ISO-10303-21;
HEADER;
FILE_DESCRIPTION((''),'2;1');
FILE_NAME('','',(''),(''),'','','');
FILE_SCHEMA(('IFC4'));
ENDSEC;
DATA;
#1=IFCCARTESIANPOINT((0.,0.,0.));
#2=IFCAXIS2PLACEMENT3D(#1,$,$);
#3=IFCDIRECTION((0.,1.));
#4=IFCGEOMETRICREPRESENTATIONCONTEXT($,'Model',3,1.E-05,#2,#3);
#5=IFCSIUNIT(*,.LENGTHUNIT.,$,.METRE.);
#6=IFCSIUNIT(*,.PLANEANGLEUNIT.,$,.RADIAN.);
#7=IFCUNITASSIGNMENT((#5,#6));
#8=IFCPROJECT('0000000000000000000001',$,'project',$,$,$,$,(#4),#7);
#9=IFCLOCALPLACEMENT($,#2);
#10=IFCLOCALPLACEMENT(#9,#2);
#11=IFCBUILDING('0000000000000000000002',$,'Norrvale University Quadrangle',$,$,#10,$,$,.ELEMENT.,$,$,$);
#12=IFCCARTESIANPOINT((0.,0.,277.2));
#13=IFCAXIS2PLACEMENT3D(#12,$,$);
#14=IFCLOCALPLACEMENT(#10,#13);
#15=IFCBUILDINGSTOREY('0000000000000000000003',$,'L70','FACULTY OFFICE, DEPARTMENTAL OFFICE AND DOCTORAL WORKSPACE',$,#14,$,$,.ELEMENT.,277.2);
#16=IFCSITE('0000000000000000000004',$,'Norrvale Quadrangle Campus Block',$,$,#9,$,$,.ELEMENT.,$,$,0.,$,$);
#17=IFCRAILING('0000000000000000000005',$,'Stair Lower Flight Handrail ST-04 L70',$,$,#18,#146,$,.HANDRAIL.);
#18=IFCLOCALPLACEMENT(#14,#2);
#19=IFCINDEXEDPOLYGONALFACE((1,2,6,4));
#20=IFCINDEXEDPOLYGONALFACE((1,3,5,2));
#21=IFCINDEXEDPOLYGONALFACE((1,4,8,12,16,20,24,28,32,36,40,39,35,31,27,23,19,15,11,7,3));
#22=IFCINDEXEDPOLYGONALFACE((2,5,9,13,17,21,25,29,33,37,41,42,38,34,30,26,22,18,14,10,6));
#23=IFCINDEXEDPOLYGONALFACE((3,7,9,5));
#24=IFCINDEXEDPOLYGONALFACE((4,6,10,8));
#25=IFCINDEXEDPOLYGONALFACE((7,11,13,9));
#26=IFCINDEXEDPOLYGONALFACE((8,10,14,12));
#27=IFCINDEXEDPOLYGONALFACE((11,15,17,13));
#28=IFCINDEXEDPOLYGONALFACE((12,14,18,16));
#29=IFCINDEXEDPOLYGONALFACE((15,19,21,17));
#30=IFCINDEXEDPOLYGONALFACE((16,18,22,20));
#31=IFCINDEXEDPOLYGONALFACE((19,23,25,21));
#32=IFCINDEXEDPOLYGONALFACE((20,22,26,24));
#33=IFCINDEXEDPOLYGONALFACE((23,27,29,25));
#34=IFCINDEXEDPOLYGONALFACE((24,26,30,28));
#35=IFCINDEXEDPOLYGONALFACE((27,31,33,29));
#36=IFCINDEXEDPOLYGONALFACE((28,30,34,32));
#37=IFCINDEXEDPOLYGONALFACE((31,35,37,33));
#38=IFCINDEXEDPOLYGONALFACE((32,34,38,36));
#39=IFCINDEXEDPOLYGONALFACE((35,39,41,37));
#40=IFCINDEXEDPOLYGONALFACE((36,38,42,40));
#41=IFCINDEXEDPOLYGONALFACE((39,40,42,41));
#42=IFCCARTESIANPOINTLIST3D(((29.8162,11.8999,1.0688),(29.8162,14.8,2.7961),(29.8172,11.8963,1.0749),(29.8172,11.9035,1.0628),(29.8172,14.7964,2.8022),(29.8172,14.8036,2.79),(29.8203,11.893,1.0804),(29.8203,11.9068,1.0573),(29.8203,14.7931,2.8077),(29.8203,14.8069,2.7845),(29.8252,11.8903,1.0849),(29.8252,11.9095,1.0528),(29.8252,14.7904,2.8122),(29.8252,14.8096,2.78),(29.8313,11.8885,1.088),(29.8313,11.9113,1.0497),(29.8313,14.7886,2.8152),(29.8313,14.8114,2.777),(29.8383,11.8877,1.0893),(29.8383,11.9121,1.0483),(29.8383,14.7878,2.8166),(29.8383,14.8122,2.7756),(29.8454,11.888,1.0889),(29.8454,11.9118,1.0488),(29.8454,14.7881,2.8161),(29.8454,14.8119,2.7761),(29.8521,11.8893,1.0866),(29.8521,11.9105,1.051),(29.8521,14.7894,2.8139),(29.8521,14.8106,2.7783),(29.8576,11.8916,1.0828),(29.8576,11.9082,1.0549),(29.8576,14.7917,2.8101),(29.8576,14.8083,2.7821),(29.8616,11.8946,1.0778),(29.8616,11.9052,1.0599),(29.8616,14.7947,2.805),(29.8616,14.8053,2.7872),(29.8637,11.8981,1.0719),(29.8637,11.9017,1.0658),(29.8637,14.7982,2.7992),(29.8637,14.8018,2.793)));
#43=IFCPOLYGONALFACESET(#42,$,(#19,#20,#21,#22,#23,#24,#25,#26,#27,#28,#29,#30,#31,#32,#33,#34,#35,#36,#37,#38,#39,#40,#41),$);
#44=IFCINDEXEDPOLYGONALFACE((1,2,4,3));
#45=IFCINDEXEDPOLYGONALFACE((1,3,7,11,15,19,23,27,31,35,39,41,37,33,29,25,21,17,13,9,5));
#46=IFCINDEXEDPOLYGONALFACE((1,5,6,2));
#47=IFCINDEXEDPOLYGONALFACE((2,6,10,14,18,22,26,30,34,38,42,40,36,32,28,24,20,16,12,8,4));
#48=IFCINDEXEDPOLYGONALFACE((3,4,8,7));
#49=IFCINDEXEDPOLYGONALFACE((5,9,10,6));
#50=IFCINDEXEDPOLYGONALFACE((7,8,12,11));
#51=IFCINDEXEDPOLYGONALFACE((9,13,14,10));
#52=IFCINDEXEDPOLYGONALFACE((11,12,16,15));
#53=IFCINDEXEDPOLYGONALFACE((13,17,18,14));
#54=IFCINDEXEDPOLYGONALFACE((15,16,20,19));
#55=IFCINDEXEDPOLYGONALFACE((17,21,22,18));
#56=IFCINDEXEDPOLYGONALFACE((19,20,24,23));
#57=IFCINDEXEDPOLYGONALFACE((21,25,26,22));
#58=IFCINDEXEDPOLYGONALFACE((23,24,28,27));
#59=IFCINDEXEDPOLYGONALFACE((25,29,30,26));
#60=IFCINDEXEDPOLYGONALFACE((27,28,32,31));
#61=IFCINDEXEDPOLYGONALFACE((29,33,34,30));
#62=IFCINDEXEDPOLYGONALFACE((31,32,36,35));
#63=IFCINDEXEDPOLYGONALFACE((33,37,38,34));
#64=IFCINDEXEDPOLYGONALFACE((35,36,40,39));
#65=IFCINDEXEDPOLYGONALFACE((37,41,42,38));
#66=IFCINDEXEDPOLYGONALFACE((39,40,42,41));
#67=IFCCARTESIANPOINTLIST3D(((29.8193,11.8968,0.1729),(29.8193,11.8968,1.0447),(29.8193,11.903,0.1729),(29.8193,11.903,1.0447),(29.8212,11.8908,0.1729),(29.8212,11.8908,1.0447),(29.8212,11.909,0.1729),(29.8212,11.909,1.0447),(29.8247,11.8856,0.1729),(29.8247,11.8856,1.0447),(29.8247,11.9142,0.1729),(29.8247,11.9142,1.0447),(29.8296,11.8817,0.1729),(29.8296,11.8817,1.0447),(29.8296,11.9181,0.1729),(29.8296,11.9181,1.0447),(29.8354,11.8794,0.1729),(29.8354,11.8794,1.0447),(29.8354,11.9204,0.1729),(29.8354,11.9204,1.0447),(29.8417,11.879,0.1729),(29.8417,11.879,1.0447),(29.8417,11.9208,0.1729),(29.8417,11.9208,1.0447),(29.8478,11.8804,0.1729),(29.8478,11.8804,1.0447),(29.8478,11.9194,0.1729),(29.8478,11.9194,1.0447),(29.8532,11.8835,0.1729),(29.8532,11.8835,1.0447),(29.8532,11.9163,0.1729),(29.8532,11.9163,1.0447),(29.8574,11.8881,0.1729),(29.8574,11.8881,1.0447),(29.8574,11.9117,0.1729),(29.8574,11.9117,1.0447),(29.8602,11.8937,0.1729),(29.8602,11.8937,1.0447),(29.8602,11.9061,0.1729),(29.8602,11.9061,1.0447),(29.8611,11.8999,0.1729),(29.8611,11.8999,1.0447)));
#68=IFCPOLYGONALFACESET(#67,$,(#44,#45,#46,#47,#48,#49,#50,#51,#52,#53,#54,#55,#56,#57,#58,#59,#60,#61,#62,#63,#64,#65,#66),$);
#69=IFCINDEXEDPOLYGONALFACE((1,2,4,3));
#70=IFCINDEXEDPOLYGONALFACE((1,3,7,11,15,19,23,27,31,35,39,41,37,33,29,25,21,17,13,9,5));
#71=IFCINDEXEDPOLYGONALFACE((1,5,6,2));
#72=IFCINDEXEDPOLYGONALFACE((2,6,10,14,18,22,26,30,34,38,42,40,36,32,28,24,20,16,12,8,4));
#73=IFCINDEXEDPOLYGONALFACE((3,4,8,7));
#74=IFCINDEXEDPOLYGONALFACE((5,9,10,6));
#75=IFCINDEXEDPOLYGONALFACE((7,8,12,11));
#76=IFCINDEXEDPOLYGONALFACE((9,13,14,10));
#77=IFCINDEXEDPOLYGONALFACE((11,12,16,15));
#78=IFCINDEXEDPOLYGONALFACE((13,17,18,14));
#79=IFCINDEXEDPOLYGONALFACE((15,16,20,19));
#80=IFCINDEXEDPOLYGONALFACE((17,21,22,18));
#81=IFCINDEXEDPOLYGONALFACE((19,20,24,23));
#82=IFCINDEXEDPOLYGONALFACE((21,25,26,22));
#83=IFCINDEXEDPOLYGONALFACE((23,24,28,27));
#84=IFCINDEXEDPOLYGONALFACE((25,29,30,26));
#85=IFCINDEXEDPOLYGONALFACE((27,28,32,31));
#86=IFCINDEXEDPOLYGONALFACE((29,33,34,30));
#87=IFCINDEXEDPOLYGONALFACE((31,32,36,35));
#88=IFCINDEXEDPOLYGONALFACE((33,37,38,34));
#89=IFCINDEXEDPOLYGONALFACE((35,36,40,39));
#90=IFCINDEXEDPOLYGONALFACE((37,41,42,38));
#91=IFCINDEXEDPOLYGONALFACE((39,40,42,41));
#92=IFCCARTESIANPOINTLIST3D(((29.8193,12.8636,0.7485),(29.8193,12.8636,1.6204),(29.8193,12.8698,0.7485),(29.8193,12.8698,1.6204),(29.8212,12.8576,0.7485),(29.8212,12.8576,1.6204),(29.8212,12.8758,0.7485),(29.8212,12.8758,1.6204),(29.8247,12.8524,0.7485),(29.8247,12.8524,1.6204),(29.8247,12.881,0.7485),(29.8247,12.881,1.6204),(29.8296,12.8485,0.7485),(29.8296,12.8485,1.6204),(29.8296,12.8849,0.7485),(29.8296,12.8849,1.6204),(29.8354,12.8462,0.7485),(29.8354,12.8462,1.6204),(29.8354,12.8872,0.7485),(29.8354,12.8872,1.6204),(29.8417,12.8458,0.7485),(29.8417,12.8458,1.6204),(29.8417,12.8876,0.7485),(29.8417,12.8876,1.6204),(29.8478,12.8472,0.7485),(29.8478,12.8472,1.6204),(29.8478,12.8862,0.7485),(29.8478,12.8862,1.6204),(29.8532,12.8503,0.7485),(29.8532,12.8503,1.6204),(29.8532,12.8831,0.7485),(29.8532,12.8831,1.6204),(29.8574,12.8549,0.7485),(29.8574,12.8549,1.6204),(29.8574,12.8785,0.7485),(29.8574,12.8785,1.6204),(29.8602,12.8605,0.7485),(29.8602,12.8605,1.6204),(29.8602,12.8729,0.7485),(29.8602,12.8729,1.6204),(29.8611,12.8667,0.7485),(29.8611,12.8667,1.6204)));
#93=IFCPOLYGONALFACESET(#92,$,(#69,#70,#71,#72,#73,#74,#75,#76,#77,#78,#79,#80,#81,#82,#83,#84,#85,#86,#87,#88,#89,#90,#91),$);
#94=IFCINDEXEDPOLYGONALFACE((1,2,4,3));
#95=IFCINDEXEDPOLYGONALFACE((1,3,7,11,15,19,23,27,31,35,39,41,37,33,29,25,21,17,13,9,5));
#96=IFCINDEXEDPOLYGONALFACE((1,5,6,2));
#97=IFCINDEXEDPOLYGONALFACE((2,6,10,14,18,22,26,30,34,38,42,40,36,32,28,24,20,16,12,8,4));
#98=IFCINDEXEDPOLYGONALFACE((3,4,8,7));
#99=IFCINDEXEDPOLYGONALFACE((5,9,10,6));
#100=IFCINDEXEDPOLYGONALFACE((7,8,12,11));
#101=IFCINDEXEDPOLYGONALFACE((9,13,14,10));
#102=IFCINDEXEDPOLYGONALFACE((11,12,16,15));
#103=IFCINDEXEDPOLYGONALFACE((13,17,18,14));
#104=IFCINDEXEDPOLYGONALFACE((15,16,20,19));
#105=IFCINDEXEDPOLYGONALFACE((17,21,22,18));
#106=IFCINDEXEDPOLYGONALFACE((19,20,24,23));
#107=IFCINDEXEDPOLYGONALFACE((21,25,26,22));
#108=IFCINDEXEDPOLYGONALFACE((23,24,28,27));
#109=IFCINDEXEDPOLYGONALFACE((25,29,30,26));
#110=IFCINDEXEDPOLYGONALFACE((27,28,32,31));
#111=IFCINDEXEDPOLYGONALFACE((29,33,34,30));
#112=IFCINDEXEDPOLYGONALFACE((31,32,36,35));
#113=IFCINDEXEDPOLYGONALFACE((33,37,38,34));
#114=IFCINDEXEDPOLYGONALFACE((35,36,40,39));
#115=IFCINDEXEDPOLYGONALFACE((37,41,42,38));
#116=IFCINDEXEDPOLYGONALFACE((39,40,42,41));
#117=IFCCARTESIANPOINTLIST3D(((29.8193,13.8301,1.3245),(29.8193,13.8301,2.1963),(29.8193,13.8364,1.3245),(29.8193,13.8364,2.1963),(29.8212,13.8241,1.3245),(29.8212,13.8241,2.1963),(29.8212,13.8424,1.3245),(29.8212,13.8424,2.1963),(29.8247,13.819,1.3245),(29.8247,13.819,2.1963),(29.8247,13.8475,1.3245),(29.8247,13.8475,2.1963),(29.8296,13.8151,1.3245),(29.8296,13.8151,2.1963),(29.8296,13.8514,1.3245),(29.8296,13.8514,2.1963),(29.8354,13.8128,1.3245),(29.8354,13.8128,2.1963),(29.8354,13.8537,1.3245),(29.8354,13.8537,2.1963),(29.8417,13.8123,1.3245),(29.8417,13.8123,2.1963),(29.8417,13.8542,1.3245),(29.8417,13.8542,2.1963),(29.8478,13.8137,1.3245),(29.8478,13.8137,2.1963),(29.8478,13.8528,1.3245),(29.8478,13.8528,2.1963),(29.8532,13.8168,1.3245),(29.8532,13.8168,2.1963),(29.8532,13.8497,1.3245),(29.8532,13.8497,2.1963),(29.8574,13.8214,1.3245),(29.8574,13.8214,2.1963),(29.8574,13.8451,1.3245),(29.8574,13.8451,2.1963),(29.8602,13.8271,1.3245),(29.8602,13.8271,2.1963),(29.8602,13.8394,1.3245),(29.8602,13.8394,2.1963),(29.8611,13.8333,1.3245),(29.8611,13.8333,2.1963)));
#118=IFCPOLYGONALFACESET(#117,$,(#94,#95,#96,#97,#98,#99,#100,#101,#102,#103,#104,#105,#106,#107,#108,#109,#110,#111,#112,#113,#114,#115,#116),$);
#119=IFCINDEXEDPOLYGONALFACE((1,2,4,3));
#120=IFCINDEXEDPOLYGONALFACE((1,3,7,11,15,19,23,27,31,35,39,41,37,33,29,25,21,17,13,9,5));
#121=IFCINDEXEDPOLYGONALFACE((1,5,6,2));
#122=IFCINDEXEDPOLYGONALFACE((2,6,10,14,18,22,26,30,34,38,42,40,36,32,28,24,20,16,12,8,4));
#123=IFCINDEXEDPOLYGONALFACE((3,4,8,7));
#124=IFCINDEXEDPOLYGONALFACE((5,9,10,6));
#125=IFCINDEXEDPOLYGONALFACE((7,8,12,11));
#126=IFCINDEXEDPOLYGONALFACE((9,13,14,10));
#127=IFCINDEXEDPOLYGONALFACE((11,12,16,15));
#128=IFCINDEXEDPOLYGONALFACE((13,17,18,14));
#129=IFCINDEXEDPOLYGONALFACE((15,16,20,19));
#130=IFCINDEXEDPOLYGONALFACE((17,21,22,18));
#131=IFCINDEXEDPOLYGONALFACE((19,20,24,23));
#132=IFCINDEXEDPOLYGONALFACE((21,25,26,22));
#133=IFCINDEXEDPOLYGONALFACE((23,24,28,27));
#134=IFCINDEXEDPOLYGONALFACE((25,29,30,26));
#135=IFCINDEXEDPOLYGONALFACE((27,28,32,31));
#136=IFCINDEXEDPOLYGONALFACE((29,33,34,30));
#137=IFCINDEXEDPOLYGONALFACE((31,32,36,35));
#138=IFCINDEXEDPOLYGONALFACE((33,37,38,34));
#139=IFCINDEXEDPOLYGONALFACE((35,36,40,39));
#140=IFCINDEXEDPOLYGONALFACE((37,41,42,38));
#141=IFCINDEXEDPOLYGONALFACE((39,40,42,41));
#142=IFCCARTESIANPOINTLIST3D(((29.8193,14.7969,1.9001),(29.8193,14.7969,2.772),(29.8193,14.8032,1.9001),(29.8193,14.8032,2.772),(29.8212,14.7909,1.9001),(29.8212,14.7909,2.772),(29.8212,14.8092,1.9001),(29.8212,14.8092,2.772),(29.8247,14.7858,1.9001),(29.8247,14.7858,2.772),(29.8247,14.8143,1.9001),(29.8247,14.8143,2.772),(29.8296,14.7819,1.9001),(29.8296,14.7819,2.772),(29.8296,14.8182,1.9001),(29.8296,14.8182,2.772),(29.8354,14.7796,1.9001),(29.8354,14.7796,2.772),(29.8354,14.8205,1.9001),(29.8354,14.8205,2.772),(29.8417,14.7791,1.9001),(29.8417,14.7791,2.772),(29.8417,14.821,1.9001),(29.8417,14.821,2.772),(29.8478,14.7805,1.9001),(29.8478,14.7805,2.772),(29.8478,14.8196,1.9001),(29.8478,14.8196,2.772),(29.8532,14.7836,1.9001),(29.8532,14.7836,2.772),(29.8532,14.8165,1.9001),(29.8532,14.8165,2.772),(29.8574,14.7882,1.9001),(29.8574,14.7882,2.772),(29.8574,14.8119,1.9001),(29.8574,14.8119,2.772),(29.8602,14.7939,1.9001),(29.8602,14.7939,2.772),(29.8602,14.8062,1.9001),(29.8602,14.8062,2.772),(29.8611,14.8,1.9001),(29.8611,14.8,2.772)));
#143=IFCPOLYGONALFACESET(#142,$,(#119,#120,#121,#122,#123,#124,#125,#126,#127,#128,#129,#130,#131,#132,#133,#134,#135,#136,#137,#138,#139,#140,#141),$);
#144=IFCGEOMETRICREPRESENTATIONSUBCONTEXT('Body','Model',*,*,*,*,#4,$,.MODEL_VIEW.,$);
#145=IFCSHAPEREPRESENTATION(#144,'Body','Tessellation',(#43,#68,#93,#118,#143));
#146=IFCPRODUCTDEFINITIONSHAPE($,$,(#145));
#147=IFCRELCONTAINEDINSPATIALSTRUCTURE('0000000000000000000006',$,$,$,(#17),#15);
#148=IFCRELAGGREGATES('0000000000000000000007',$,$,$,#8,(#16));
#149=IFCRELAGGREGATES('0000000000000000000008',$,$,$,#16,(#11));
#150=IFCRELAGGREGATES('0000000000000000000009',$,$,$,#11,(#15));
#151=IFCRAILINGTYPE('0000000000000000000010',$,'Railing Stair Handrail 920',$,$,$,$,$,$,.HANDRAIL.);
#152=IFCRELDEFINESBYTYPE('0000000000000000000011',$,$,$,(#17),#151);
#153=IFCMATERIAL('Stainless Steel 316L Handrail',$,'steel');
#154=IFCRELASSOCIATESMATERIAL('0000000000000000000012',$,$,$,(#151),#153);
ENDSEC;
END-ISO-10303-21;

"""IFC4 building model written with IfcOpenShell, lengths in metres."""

from ifc_helpers import new_model, si_unit, direction, frame, origin, origin_2d, place, context, subcontext, project, spatial, circle, extrude, material, type_object, element, save


model = new_model("IFC4")

# Units and contexts
model_context = context("Model", 3, precision=1e-05, world=origin(), true_north=direction((0.0, 1.0)))
body_context = subcontext(model_context, "Body", "Model", "MODEL_VIEW")
ifc_project = project(units=[si_unit("LENGTHUNIT", "METRE"), si_unit("PLANEANGLEUNIT", "RADIAN")], contexts=[model_context])

# Site, building, storey
site_placement = place(None, origin())
site = spatial("IfcSite", under=ifc_project, at=site_placement, Name="Norrvale Quadrangle Campus Block", CompositionType="ELEMENT", RefElevation=0.0)
building_placement = place(site_placement, origin())
building = spatial("IfcBuilding", under=site, at=building_placement, Name="Norrvale University Quadrangle", CompositionType="ELEMENT")
storey_placement = place(building_placement, frame((0.0, 0.0, 277.2)))
storey = spatial("IfcBuildingStorey", under=building, at=storey_placement, Name="L70", Description="FACULTY OFFICE, DEPARTMENTAL OFFICE AND DOCTORAL WORKSPACE", CompositionType="ELEMENT", Elevation=277.2)

# Railing
ifc_material_1 = material(Name="Stainless Steel 316L Handrail", Category="steel")
railing_type_1 = type_object("IfcRailingType", Name="Railing Stair Handrail 920", PredefinedType="HANDRAIL", material=ifc_material_1)
railing_1_placement = place(storey_placement, frame((29.8401, 11.8999, 0.1729)))
element("IfcRailing", 1, at=railing_1_placement, inside=storey, type_object=railing_type_1, Name="Stair Lower Flight Handrail ST-04 L70", PredefinedType="HANDRAIL", context=body_context, shape_type="SweptSolid", body=[
    extrude(circle(Radius=0.0239, at=origin_2d()), frame((0.0, 0.0, 0.896), z_axis=(0.0, 0.85916, 0.511706), x_axis=(-1.0, 0.0, 0.0)), (0.0, 0.0, 1.0), 3.3755),
    extrude(circle(Radius=0.021, at=origin_2d()), origin(), (0.0, 0.0, 1.0), 0.8718),
    extrude(circle(Radius=0.021, at=origin_2d()), frame((0.0, 0.9668, 0.5757)), (0.0, 0.0, 1.0), 0.8718),
    extrude(circle(Radius=0.021, at=origin_2d()), frame((0.0, 1.9333, 1.1516)), (0.0, 0.0, 1.0), 0.8718),
    extrude(circle(Radius=0.021, at=origin_2d()), frame((0.0, 2.9001, 1.7273)), (0.0, 0.0, 1.0), 0.8718),
])

save(model, "model.ifc")
